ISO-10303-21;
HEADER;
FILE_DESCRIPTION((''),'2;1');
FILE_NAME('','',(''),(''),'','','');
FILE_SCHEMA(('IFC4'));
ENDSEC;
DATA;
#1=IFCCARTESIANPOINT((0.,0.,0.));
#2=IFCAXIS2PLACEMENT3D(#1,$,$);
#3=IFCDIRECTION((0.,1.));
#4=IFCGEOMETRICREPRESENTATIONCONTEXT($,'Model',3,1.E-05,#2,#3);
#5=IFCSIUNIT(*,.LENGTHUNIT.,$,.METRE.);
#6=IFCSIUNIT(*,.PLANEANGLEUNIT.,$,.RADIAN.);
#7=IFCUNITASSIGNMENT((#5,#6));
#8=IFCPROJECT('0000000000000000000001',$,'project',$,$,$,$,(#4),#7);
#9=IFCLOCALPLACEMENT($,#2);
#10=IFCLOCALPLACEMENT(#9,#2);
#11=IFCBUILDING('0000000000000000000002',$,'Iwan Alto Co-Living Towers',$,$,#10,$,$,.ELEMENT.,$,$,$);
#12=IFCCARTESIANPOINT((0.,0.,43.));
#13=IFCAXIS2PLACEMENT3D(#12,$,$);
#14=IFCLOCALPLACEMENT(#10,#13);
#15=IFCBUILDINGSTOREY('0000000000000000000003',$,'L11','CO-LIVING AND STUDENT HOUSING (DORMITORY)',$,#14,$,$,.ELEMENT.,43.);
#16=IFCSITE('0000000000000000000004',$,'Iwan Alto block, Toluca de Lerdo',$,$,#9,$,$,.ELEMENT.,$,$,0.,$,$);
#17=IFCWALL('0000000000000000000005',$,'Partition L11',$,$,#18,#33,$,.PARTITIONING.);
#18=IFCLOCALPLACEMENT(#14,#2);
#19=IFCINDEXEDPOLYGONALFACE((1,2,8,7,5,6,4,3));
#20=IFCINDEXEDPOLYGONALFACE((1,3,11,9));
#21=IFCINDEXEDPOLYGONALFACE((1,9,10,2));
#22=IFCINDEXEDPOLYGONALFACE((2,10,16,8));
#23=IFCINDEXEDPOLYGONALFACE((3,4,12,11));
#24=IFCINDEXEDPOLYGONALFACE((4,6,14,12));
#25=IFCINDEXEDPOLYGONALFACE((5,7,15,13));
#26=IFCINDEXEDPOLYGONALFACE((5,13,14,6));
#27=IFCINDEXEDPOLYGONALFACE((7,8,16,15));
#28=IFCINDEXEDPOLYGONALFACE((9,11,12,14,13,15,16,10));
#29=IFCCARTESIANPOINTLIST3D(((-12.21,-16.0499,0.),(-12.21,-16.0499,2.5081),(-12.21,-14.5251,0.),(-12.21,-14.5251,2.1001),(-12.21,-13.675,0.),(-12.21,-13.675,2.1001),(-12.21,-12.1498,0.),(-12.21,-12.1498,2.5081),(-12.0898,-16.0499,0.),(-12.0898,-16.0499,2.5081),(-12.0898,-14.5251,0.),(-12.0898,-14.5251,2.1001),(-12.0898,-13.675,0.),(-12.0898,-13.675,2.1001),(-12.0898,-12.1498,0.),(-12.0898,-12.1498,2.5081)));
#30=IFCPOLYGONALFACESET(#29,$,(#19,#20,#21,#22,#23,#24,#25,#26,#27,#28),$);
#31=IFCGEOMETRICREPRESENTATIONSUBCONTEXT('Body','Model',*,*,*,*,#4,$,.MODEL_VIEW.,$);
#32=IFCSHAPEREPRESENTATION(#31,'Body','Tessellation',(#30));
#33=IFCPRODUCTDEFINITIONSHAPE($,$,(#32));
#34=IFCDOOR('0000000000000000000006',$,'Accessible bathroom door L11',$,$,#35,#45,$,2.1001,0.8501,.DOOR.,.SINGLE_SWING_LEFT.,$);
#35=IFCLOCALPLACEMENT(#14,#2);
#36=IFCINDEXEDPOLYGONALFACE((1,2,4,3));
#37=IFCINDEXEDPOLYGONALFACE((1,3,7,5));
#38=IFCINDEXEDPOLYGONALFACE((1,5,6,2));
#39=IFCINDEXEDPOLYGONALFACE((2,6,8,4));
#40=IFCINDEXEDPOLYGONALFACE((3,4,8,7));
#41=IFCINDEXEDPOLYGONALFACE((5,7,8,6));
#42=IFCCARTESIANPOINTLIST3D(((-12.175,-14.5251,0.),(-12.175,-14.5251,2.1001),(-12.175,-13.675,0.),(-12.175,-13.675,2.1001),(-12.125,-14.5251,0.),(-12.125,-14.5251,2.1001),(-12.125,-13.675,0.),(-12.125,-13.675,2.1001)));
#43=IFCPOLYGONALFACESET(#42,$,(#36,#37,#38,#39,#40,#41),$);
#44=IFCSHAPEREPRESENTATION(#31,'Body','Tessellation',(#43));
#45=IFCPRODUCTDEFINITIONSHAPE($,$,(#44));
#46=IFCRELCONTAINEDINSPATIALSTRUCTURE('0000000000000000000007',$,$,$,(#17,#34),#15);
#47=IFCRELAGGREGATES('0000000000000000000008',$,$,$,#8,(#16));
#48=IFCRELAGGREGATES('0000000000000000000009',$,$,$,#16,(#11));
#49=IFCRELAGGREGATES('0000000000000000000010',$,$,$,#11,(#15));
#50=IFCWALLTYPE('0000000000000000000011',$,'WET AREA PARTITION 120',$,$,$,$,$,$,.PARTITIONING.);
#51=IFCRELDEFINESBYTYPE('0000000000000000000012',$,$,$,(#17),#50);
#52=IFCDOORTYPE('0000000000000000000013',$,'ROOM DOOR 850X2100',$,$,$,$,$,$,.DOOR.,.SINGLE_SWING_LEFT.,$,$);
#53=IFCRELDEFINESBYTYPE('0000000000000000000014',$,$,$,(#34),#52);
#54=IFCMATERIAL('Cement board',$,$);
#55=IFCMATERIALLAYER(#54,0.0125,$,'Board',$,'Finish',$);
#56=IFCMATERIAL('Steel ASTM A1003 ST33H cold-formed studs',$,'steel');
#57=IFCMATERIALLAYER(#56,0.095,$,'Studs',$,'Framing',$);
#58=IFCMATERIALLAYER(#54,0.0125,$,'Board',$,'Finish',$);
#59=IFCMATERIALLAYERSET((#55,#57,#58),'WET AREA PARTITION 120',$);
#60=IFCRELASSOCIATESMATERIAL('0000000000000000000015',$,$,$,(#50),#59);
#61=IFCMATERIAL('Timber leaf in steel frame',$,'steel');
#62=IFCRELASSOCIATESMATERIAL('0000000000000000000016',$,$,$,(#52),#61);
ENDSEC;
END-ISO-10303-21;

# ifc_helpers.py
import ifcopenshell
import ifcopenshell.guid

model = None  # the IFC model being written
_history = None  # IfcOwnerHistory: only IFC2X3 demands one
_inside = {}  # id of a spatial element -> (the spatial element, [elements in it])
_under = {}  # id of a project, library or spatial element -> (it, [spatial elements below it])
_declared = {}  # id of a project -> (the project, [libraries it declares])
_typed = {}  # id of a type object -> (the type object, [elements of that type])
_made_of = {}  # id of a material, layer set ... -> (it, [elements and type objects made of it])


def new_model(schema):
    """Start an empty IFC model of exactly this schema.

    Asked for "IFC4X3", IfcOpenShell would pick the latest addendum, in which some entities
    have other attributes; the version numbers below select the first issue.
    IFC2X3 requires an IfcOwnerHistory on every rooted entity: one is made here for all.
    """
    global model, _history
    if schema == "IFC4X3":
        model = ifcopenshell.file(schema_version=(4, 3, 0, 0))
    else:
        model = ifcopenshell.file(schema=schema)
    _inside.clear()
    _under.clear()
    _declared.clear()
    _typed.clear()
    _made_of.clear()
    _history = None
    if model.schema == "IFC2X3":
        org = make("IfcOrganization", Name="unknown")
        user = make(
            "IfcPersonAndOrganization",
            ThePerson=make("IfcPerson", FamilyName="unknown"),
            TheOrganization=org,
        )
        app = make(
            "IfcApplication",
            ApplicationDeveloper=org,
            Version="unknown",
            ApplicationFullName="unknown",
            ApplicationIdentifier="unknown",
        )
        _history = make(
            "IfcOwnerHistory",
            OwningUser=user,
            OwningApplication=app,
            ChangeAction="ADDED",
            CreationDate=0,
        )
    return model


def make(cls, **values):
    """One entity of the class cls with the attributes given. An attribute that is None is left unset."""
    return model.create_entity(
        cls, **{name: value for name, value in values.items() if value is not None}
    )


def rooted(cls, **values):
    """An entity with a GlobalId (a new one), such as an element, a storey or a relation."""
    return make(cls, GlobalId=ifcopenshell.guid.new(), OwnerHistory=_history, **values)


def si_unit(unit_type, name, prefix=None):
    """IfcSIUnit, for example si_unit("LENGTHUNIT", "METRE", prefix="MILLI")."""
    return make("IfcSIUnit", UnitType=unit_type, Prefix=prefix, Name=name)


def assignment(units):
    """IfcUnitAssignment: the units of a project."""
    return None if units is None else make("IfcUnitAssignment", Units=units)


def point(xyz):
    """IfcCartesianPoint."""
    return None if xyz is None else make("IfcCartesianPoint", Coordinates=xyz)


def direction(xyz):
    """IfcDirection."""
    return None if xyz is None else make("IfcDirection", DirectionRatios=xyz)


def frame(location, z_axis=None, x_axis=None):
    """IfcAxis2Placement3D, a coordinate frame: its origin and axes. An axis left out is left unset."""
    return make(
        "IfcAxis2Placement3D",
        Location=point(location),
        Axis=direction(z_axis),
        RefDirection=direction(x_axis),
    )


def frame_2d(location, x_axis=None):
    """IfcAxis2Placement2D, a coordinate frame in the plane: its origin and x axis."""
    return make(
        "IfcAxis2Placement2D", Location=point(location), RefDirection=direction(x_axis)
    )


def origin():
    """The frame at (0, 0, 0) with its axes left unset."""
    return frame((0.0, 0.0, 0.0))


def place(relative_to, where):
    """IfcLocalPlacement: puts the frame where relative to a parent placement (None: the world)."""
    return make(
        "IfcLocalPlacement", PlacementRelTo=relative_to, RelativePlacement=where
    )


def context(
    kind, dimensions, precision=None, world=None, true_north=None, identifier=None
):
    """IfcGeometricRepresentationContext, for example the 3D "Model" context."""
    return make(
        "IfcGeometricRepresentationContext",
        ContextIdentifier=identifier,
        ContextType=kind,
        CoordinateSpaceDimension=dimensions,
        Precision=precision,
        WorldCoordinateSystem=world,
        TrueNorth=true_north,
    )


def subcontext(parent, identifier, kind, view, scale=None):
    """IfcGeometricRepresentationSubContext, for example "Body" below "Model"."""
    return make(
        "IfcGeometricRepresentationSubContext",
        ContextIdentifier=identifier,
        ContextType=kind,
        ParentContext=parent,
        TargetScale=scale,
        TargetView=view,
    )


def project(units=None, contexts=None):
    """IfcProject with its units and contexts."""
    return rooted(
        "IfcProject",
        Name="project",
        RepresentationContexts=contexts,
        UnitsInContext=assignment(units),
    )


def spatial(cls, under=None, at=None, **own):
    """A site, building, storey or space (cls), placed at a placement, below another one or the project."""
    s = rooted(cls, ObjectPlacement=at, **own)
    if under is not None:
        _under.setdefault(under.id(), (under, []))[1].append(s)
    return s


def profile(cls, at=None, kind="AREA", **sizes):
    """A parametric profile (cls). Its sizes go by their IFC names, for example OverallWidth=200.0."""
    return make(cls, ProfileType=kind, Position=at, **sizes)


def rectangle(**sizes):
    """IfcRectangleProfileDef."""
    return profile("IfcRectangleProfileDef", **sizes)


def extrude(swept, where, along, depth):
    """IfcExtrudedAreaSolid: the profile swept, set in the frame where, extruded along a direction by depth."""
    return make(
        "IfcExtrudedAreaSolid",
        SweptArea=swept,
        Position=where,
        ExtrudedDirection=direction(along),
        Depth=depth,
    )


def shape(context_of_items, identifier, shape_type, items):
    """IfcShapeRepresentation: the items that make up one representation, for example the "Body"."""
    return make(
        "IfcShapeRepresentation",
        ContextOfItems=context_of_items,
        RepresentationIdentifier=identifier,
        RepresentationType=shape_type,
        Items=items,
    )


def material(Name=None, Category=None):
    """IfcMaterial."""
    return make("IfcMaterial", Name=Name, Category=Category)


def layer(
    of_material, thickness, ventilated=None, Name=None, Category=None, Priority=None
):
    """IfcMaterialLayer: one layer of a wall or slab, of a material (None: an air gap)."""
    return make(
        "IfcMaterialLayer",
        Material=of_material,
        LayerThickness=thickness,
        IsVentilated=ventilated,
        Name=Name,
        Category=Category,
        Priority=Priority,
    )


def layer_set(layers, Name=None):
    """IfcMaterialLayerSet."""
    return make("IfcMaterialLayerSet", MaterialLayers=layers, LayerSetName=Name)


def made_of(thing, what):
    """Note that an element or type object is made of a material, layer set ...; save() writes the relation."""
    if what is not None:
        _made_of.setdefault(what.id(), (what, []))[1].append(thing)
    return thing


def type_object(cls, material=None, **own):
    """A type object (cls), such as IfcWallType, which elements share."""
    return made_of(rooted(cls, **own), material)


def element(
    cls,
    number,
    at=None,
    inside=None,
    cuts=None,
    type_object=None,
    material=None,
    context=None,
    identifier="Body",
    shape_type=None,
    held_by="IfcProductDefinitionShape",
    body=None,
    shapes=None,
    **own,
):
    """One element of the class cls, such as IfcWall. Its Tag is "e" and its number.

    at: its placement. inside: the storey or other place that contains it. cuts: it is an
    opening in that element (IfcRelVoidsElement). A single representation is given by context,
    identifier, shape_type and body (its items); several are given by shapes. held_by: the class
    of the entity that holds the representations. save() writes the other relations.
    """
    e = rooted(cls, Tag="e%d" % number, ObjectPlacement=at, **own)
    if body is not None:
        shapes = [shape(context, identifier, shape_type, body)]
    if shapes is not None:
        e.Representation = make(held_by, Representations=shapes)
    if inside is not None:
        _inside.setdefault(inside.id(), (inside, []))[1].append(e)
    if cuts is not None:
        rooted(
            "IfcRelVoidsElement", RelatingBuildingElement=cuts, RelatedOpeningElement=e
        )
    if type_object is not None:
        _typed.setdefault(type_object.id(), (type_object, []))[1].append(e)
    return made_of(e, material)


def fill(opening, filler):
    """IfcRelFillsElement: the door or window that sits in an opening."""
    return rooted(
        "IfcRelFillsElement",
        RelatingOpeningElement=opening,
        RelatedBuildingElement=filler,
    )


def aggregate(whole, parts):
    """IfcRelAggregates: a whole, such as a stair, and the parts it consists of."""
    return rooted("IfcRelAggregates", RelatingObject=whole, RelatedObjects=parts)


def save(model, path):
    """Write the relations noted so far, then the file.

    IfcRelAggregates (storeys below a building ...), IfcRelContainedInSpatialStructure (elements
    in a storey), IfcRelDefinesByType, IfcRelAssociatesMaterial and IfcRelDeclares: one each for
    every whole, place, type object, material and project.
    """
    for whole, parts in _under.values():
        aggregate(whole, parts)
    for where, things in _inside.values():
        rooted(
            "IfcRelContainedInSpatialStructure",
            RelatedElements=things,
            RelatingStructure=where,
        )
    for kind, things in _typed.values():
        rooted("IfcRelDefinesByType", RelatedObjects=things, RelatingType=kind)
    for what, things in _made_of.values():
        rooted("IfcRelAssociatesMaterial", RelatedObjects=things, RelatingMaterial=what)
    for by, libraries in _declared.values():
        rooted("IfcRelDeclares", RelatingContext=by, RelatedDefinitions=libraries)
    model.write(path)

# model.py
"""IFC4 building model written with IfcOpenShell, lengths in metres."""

from ifc_helpers import new_model, si_unit, direction, frame, frame_2d, origin, place, context, subcontext, project, spatial, rectangle, extrude, material, layer, layer_set, type_object, element, fill, save


model = new_model("IFC4")

# Units and contexts
model_context = context("Model", 3, precision=1e-05, world=origin(), true_north=direction((0.0, 1.0)))
body_context = subcontext(model_context, "Body", "Model", "MODEL_VIEW")
ifc_project = project(units=[si_unit("LENGTHUNIT", "METRE"), si_unit("PLANEANGLEUNIT", "RADIAN")], contexts=[model_context])

# Site, building, storey
site_placement = place(None, origin())
site = spatial("IfcSite", under=ifc_project, at=site_placement, Name="Iwan Alto block, Toluca de Lerdo", CompositionType="ELEMENT", RefElevation=0.0)
building_placement = place(site_placement, origin())
building = spatial("IfcBuilding", under=site, at=building_placement, Name="Iwan Alto Co-Living Towers", CompositionType="ELEMENT")
storey_placement = place(building_placement, frame((0.0, 0.0, 43.0)))
storey = spatial("IfcBuildingStorey", under=building, at=storey_placement, Name="L11", Description="CO-LIVING AND STUDENT HOUSING (DORMITORY)", CompositionType="ELEMENT", Elevation=43.0)

# Shared definitions
ifc_material_1 = material(Name="Steel ASTM A1003 ST33H cold-formed studs", Category="steel")

# Shared definitions
ifc_material_2 = material(Name="Cement board")
ifc_layer_1 = layer(ifc_material_2, 0.0125, Name="Board", Category="Finish")
ifc_layer_2 = layer(ifc_material_1, 0.095, Name="Studs", Category="Framing")
ifc_layer_3 = layer(ifc_material_2, 0.0125, Name="Board", Category="Finish")
ifc_layer_set_1 = layer_set([ifc_layer_1, ifc_layer_2, ifc_layer_3], Name="WET AREA PARTITION 120")
wall_type_1 = type_object("IfcWallType", Name="WET AREA PARTITION 120", PredefinedType="PARTITIONING", material=ifc_layer_set_1)

# Wall, opening, door
wall_1_placement = place(storey_placement, frame((-12.1499, -16.05, 0.0), z_axis=(0.0, 0.0, 1.0), x_axis=(0.0, 1.0, 0.0)))
wall_1 = element("IfcWall", 1, at=wall_1_placement, inside=storey, type_object=wall_type_1, Name="Partition L11", PredefinedType="PARTITIONING", context=body_context, shape_type="SweptSolid", body=[
    extrude(rectangle(XDim=3.9001, YDim=0.1201, at=frame_2d((1.9502, 0.0))), origin(), (0.0, 0.0, 1.0), 2.5081),
])
opening_1_placement = place(wall_1_placement, frame((1.5249, 0.0, 0.0)))
opening_1 = element("IfcOpeningElement", 2, at=opening_1_placement, cuts=wall_1, PredefinedType="OPENING", context=body_context, shape_type="SweptSolid", body=[
    extrude(rectangle(XDim=0.8501, YDim=2.1001, at=frame_2d((0.425, 1.05))), frame((0.0, 0.0701, 0.0), z_axis=(0.0, -1.0, 0.0), x_axis=(1.0, 0.0, 0.0)), (0.0, 0.0, 1.0), 0.1401),
])
ifc_material_3 = material(Name="Timber leaf in steel frame", Category="steel")
door_type_1 = type_object("IfcDoorType", Name="ROOM DOOR 850X2100", OperationType="SINGLE_SWING_LEFT", PredefinedType="DOOR", material=ifc_material_3)
door_1_placement = place(opening_1_placement, frame((0.8501, 0.0, 0.0), z_axis=(0.0, 0.0, 1.0), x_axis=(-1.0, 0.0, 0.0)))
door_1 = element("IfcDoor", 3, at=door_1_placement, inside=storey, type_object=door_type_1, Name="Accessible bathroom door L11", OperationType="SINGLE_SWING_LEFT", OverallHeight=2.1001, OverallWidth=0.8501, PredefinedType="DOOR", context=body_context, shape_type="SweptSolid", body=[
    extrude(rectangle(XDim=0.8501, YDim=2.1001, at=frame_2d((0.425, 1.05))), frame((0.0, 0.0249, 0.0), z_axis=(0.0, -1.0, 0.0), x_axis=(1.0, 0.0, 0.0)), (0.0, 0.0, 1.0), 0.05),
])
fill(opening_1, door_1)

save(model, "model.ifc")
